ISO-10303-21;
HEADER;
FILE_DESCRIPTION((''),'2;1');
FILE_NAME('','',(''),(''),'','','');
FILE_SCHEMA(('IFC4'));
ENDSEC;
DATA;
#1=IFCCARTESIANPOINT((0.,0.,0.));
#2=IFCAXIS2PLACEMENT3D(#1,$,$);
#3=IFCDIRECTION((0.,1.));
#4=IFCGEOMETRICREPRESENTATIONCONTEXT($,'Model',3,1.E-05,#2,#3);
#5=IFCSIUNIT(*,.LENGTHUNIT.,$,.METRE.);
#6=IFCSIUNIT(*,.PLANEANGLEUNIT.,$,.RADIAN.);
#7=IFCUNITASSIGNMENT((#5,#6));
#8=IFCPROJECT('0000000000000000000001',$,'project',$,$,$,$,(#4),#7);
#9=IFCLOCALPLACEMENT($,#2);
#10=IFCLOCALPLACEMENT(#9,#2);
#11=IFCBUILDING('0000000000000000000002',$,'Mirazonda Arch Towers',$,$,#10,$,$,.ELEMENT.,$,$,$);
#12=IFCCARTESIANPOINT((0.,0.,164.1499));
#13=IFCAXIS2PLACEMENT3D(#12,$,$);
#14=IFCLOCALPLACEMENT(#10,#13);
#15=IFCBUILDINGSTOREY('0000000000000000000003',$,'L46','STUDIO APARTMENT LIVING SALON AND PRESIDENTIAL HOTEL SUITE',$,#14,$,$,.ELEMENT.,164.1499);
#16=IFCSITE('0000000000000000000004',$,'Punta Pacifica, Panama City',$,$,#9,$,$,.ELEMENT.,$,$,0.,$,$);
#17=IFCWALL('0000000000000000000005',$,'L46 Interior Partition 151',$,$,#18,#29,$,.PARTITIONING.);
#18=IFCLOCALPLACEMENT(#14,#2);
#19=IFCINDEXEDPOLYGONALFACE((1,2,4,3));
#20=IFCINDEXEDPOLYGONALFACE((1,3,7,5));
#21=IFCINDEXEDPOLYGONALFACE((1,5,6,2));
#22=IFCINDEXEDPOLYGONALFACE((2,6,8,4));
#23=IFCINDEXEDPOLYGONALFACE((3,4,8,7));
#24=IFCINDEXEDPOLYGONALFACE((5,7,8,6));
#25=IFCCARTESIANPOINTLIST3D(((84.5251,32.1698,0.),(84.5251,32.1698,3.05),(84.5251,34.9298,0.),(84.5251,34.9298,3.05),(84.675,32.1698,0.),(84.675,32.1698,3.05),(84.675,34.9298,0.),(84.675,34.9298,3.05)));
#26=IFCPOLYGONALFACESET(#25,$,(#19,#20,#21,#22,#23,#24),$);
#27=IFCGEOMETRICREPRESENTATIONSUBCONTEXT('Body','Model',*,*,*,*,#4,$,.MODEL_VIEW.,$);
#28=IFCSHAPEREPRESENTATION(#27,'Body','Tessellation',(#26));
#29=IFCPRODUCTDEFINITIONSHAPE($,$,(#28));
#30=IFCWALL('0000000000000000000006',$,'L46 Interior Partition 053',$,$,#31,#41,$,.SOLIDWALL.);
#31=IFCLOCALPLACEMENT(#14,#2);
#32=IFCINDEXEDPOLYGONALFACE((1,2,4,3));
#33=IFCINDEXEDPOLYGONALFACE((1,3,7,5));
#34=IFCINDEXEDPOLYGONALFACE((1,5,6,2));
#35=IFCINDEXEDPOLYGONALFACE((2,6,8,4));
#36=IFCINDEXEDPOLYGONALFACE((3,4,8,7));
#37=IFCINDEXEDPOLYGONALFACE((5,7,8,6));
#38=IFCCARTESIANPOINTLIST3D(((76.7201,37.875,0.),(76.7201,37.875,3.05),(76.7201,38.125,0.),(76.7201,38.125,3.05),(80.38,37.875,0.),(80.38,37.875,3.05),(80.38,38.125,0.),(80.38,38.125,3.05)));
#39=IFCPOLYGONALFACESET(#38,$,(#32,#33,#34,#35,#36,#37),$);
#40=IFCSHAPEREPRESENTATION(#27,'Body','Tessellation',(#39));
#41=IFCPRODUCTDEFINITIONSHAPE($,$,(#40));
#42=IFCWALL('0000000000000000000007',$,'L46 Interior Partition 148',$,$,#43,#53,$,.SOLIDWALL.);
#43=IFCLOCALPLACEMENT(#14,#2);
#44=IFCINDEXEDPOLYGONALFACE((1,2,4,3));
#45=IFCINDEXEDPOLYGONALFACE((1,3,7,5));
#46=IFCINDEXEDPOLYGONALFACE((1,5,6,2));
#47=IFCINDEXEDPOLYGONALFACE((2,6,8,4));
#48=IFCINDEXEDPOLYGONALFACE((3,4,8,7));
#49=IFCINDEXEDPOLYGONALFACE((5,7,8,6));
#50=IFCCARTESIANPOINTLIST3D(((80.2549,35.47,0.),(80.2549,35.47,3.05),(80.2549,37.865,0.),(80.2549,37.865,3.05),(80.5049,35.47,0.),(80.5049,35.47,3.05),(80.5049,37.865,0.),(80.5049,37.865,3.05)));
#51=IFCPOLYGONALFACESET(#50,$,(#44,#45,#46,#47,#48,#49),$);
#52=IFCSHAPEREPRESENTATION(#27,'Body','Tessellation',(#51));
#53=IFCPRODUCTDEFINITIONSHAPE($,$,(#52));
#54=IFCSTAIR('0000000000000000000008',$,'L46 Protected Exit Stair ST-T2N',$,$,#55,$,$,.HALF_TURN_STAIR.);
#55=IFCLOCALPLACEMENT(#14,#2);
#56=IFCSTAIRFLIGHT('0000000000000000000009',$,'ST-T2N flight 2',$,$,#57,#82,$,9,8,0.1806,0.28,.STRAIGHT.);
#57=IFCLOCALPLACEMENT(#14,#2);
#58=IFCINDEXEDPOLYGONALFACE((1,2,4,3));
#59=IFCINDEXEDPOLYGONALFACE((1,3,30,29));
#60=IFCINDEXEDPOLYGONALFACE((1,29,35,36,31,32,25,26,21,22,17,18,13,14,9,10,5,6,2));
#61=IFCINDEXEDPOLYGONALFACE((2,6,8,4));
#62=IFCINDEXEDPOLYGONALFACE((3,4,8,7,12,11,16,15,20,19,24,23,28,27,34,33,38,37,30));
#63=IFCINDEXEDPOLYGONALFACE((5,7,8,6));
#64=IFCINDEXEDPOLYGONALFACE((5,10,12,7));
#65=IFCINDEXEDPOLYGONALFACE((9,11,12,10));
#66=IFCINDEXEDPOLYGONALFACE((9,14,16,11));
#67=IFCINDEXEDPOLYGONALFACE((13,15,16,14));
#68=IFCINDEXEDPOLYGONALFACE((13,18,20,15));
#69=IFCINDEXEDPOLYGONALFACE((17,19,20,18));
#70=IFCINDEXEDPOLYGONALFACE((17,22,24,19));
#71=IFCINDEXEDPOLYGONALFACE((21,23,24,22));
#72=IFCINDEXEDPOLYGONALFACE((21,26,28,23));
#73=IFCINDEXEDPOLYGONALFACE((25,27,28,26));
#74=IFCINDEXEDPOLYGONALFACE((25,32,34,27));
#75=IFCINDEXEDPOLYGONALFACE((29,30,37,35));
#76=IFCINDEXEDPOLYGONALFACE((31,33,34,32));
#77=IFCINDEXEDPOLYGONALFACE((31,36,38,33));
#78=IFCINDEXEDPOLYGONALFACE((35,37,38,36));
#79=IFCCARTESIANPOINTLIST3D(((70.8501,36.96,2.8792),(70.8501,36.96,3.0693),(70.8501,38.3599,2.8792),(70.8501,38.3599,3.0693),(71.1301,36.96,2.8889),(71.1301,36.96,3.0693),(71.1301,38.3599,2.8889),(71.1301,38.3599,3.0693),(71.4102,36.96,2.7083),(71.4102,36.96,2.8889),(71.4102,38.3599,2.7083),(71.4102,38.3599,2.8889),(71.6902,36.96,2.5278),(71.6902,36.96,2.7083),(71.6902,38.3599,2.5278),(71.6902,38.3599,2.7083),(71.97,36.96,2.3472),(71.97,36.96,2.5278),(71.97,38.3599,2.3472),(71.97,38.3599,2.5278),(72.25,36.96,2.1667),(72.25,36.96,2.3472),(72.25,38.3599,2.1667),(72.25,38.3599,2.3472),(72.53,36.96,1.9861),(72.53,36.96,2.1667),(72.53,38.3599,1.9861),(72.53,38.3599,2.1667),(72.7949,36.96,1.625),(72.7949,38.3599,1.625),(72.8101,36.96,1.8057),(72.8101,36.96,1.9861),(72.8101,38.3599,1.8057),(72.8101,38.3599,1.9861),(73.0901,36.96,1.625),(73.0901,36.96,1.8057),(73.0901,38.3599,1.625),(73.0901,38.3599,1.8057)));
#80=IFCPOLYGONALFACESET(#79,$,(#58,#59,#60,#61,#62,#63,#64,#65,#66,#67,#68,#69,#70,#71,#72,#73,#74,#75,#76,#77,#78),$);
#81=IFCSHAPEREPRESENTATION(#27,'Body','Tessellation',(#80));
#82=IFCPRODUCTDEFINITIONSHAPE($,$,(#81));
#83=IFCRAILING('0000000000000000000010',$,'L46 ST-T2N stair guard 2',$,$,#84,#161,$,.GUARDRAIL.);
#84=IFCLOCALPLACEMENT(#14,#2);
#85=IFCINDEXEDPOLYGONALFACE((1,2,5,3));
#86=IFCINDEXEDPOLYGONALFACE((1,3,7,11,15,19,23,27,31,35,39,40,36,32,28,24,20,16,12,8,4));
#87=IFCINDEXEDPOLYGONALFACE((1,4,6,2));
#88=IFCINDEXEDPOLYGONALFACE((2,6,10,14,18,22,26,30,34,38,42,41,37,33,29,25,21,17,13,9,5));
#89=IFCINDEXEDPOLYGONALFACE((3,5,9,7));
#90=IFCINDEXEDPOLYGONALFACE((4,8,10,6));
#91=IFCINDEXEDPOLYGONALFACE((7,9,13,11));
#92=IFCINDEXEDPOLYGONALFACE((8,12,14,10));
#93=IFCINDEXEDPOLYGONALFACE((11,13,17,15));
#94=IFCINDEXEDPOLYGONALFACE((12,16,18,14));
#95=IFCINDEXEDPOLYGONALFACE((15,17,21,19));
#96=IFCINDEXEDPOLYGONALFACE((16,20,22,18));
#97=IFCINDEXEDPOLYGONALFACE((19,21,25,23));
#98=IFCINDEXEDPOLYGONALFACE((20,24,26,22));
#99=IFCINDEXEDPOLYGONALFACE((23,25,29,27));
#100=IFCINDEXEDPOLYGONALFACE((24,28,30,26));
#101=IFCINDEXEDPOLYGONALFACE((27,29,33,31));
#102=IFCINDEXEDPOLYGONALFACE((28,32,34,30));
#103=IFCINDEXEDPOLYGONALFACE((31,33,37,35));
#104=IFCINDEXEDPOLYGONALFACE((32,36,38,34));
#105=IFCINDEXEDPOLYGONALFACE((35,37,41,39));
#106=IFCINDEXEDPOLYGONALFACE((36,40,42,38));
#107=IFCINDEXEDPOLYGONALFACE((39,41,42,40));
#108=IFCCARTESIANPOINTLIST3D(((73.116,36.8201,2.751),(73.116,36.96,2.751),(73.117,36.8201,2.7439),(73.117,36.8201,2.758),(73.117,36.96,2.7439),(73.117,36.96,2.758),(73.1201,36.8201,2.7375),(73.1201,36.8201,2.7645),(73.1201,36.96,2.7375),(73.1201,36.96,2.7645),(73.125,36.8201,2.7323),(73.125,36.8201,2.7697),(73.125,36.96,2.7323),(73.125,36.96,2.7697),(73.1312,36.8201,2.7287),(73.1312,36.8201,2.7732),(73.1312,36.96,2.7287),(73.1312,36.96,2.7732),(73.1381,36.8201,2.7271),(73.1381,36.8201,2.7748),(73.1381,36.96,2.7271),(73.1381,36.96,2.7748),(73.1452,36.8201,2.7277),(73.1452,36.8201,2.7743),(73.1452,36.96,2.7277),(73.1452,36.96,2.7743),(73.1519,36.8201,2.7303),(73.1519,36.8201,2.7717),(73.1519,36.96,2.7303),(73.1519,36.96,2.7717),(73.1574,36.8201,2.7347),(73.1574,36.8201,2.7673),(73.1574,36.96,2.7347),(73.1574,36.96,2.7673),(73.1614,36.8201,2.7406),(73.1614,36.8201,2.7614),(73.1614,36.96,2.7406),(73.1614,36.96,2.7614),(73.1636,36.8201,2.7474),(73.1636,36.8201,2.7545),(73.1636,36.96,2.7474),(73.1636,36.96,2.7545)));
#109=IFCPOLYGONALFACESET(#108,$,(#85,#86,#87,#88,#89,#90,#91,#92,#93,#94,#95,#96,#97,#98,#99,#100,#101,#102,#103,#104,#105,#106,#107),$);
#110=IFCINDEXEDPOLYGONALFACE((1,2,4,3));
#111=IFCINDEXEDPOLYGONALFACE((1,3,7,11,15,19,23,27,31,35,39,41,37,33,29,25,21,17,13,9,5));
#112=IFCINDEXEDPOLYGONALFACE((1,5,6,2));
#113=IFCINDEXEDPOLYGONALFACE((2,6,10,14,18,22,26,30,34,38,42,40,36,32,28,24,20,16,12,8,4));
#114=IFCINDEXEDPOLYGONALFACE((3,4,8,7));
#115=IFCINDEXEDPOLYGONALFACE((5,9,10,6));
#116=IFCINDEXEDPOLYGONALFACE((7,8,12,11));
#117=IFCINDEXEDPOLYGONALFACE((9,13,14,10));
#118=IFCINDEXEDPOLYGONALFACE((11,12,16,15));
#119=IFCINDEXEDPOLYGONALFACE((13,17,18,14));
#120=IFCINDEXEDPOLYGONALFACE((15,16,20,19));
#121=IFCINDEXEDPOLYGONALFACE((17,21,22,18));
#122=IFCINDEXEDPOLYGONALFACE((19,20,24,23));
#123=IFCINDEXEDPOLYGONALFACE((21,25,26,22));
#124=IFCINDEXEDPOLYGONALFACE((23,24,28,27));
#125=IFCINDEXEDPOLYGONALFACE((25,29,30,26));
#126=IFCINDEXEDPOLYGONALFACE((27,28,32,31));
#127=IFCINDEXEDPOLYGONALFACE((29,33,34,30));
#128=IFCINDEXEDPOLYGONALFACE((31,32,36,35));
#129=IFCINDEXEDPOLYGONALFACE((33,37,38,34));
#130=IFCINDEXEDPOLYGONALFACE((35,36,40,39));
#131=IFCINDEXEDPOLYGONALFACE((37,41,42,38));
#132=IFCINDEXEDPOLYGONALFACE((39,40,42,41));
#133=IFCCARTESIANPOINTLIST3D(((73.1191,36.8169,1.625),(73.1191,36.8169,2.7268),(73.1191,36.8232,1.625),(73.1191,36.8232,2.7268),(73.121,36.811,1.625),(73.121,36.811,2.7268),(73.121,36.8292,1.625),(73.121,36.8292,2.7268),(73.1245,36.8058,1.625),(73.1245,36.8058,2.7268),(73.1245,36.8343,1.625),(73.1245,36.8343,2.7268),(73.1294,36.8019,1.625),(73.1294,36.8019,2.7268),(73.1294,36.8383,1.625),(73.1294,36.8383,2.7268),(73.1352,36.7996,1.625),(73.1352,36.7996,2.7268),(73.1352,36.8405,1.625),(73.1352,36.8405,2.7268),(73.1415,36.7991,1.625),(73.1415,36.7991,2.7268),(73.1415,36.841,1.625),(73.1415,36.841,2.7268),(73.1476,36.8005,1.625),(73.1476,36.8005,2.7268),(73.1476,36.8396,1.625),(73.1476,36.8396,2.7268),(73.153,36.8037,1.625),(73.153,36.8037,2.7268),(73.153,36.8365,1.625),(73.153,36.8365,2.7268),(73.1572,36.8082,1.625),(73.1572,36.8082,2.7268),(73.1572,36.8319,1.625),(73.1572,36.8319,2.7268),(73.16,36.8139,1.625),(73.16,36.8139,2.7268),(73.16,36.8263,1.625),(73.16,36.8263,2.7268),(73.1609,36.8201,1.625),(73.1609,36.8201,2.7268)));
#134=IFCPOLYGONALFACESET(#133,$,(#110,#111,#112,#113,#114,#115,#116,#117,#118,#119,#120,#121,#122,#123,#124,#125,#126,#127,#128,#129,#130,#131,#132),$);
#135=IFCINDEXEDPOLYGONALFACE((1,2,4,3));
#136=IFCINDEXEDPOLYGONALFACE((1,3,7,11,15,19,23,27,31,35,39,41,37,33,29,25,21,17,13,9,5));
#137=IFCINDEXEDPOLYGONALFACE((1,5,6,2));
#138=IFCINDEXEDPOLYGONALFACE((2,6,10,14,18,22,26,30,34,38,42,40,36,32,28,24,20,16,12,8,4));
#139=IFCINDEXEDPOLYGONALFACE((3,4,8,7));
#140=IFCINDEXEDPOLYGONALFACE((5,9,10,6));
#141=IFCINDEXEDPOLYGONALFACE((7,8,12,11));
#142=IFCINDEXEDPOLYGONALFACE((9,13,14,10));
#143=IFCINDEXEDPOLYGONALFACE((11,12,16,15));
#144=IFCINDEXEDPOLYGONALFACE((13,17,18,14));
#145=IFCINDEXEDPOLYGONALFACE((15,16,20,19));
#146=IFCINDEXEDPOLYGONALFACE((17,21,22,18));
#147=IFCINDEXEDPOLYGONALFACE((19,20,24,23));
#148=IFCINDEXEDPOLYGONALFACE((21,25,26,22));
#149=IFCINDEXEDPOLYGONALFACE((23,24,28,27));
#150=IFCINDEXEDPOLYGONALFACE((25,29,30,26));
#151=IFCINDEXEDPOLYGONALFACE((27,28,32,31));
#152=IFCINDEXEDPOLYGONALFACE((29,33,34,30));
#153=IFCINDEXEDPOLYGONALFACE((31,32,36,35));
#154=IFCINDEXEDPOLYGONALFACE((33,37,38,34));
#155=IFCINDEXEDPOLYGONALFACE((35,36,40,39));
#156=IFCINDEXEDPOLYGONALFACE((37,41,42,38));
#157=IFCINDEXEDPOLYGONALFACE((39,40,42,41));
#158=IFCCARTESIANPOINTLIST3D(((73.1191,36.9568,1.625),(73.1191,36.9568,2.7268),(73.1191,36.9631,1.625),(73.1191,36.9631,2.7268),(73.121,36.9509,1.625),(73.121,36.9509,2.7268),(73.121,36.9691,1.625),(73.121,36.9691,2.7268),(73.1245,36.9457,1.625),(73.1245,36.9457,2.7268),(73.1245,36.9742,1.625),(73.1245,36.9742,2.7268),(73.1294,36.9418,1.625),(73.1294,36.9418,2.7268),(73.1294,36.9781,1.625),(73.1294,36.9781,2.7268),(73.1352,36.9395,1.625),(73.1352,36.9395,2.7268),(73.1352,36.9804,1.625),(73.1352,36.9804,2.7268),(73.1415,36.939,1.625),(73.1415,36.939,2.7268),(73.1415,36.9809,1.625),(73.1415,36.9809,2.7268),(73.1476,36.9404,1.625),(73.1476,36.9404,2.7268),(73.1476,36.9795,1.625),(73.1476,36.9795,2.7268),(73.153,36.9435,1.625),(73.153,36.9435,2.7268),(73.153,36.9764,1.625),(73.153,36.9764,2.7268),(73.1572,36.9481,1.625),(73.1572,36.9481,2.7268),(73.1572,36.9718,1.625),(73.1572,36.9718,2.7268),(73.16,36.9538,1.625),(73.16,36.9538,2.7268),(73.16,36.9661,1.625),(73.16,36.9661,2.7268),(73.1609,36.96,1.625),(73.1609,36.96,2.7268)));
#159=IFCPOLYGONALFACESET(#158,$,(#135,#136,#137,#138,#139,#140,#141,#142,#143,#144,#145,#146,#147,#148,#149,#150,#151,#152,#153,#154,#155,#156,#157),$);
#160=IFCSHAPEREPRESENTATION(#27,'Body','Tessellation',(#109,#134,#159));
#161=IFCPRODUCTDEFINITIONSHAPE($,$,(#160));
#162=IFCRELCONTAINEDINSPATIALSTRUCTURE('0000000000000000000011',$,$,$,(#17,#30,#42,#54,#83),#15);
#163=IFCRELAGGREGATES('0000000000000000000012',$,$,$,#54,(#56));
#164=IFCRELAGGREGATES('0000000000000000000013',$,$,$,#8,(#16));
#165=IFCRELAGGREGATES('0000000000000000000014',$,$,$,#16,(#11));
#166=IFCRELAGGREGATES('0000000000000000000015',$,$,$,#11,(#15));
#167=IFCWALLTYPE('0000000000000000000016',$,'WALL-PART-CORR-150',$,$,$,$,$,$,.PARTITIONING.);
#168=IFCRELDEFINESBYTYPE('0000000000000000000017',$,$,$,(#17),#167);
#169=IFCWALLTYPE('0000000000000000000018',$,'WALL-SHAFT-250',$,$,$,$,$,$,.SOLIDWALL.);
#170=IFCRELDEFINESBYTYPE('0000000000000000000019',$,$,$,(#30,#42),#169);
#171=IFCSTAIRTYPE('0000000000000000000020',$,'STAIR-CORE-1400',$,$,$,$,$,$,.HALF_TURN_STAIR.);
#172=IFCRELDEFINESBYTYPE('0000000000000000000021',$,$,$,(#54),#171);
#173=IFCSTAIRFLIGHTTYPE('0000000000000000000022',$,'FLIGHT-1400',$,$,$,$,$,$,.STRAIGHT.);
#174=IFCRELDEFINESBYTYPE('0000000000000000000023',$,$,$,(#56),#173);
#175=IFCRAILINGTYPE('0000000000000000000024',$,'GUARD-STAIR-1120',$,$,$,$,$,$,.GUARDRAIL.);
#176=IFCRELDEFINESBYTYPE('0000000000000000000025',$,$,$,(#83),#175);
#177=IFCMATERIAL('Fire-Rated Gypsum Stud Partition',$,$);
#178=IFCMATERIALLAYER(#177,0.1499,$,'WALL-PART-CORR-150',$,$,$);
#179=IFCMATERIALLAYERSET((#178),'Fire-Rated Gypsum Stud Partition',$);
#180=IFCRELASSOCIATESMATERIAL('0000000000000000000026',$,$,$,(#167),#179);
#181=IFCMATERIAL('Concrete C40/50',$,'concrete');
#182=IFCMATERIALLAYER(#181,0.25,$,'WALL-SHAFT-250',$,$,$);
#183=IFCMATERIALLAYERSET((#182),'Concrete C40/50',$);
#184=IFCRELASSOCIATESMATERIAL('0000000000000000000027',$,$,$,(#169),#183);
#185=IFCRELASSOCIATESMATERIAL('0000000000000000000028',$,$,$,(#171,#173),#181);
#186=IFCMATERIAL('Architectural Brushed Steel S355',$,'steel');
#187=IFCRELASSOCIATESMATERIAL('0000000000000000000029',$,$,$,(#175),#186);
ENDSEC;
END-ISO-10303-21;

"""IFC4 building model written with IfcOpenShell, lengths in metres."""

from ifc_helpers import new_model, si_unit, direction, frame, frame_2d, origin, origin_2d, place, context, subcontext, project, spatial, polyline, rectangle, circle, outline, extrude, material, layer, layer_set, type_object, element, aggregate, save


model = new_model("IFC4")

# Units and contexts
model_context = context("Model", 3, precision=1e-05, world=origin(), true_north=direction((0.0, 1.0)))
body_context = subcontext(model_context, "Body", "Model", "MODEL_VIEW")
ifc_project = project(units=[si_unit("LENGTHUNIT", "METRE"), si_unit("PLANEANGLEUNIT", "RADIAN")], contexts=[model_context])

# Site, building, storey
site_placement = place(None, origin())
site = spatial("IfcSite", under=ifc_project, at=site_placement, Name="Punta Pacifica, Panama City", CompositionType="ELEMENT", RefElevation=0.0)
building_placement = place(site_placement, origin())
building = spatial("IfcBuilding", under=site, at=building_placement, Name="Mirazonda Arch Towers", CompositionType="ELEMENT")
storey_placement = place(building_placement, frame((0.0, 0.0, 164.1499)))
storey = spatial("IfcBuildingStorey", under=building, at=storey_placement, Name="L46", Description="STUDIO APARTMENT LIVING SALON AND PRESIDENTIAL HOTEL SUITE", CompositionType="ELEMENT", Elevation=164.1499)

# Shared definitions
ifc_material_1 = material(Name="Concrete C40/50", Category="concrete")
ifc_material_2 = material(Name="Fire-Rated Gypsum Stud Partition")
ifc_layer_1 = layer(ifc_material_2, 0.1499, Name="WALL-PART-CORR-150")
ifc_layer_set_1 = layer_set([ifc_layer_1], Name="Fire-Rated Gypsum Stud Partition")
wall_type_1 = type_object("IfcWallType", Name="WALL-PART-CORR-150", PredefinedType="PARTITIONING", material=ifc_layer_set_1)

# Shared definitions
ifc_material_3 = material(Name="Architectural Brushed Steel S355", Category="steel")

# Walls
wall_1_placement = place(storey_placement, frame((84.6001, 32.1699, 0.0), z_axis=(0.0, 0.0, 1.0), x_axis=(0.0, 1.0, 0.0)))
element("IfcWall", 1, at=wall_1_placement, inside=storey, type_object=wall_type_1, Name="L46 Interior Partition 151", PredefinedType="PARTITIONING", context=body_context, shape_type="SweptSolid", body=[
    extrude(rectangle(XDim=2.76, YDim=0.1499, at=frame_2d((1.3799, 0.0))), origin(), (0.0, 0.0, 1.0), 3.05),
])
ifc_layer_2 = layer(ifc_material_1, 0.25, Name="WALL-SHAFT-250")
ifc_layer_set_2 = layer_set([ifc_layer_2], Name="Concrete C40/50")
wall_type_2 = type_object("IfcWallType", Name="WALL-SHAFT-250", PredefinedType="SOLIDWALL", material=ifc_layer_set_2)
wall_2_placement = place(storey_placement, frame((76.72, 38.0, 0.0), z_axis=(0.0, 0.0, 1.0), x_axis=(1.0, 0.0, 0.0)))
element("IfcWall", 2, at=wall_2_placement, inside=storey, type_object=wall_type_2, Name="L46 Interior Partition 053", PredefinedType="SOLIDWALL", context=body_context, shape_type="SweptSolid", body=[
    extrude(rectangle(XDim=3.6599, YDim=0.25, at=frame_2d((1.8301, 0.0))), origin(), (0.0, 0.0, 1.0), 3.05),
])
wall_3_placement = place(storey_placement, frame((80.3799, 35.47, 0.0), z_axis=(0.0, 0.0, 1.0), x_axis=(0.0, 1.0, 0.0)))
element("IfcWall", 3, at=wall_3_placement, inside=storey, type_object=wall_type_2, Name="L46 Interior Partition 148", PredefinedType="SOLIDWALL", context=body_context, shape_type="SweptSolid", body=[
    extrude(rectangle(XDim=2.395, YDim=0.25, at=frame_2d((1.1975, 0.0))), origin(), (0.0, 0.0, 1.0), 3.05),
])

# Stair, stair flight
stair_type = type_object("IfcStairType", Name="STAIR-CORE-1400", PredefinedType="HALF_TURN_STAIR", material=ifc_material_1)
stair_placement = place(storey_placement, origin())
stair = element("IfcStair", 4, at=stair_placement, inside=storey, type_object=stair_type, Name="L46 Protected Exit Stair ST-T2N", PredefinedType="HALF_TURN_STAIR")
stair_flight_type = type_object("IfcStairFlightType", Name="FLIGHT-1400", PredefinedType="STRAIGHT", material=ifc_material_1)
stair_flight_placement = place(storey_placement, frame((73.0901, 37.6599, 1.625), z_axis=(0.0, 0.0, 1.0), x_axis=(-1.0, 0.0, 0.0)))
stair_flight = element("IfcStairFlight", 5, at=stair_flight_placement, type_object=stair_flight_type, Name="ST-T2N flight 2", NumberOfRisers=9, NumberOfTreads=8, PredefinedType="STRAIGHT", RiserHeight=0.1806, TreadLength=0.28, context=body_context, shape_type="SweptSolid", body=[
    extrude(outline(polyline([(0.0, 0.0), (0.0, 0.1807), (0.28, 0.1807), (0.28, 0.3611), (0.5601, 0.3611), (0.5601, 0.5417), (0.8401, 0.5417), (0.8401, 0.7222), (1.1201, 0.7222), (1.1201, 0.9028), (1.3999, 0.9028), (1.3999, 1.0833), (1.6799, 1.0833), (1.6799, 1.2639), (1.96, 1.2639), (1.96, 1.4443), (2.24, 1.4443), (2.24, 1.625), (2.24, 1.2542), (0.2952, 0.0), (0.0, 0.0)])), frame((0.0, 0.7, 0.0), z_axis=(0.0, -1.0, 0.0), x_axis=(1.0, 0.0, 0.0)), (0.0, 0.0, 1.0), 1.3999),
])
aggregate(stair, [stair_flight])

# Railing
railing_type_1 = type_object("IfcRailingType", Name="GUARD-STAIR-1120", PredefinedType="GUARDRAIL", material=ifc_material_3)
railing_1_placement = place(storey_placement, frame((73.1399, 36.8201, 1.625)))
element("IfcRailing", 6, at=railing_1_placement, inside=storey, type_object=railing_type_1, Name="L46 ST-T2N stair guard 2", PredefinedType="GUARDRAIL", context=body_context, shape_type="SweptSolid", body=[
    extrude(circle(Radius=0.0239, at=origin_2d()), frame((0.0, 0.0, 1.126), z_axis=(0.0, 1.0, 0.0), x_axis=(-1.0, 0.0, 0.0)), (0.0, 0.0, 1.0), 0.1399),
    extrude(circle(Radius=0.021, at=origin_2d()), origin(), (0.0, 0.0, 1.0), 1.1018),
    extrude(circle(Radius=0.021, at=origin_2d()), frame((0.0, 0.1399, 0.0)), (0.0, 0.0, 1.0), 1.1018),
])

save(model, "model.ifc")
